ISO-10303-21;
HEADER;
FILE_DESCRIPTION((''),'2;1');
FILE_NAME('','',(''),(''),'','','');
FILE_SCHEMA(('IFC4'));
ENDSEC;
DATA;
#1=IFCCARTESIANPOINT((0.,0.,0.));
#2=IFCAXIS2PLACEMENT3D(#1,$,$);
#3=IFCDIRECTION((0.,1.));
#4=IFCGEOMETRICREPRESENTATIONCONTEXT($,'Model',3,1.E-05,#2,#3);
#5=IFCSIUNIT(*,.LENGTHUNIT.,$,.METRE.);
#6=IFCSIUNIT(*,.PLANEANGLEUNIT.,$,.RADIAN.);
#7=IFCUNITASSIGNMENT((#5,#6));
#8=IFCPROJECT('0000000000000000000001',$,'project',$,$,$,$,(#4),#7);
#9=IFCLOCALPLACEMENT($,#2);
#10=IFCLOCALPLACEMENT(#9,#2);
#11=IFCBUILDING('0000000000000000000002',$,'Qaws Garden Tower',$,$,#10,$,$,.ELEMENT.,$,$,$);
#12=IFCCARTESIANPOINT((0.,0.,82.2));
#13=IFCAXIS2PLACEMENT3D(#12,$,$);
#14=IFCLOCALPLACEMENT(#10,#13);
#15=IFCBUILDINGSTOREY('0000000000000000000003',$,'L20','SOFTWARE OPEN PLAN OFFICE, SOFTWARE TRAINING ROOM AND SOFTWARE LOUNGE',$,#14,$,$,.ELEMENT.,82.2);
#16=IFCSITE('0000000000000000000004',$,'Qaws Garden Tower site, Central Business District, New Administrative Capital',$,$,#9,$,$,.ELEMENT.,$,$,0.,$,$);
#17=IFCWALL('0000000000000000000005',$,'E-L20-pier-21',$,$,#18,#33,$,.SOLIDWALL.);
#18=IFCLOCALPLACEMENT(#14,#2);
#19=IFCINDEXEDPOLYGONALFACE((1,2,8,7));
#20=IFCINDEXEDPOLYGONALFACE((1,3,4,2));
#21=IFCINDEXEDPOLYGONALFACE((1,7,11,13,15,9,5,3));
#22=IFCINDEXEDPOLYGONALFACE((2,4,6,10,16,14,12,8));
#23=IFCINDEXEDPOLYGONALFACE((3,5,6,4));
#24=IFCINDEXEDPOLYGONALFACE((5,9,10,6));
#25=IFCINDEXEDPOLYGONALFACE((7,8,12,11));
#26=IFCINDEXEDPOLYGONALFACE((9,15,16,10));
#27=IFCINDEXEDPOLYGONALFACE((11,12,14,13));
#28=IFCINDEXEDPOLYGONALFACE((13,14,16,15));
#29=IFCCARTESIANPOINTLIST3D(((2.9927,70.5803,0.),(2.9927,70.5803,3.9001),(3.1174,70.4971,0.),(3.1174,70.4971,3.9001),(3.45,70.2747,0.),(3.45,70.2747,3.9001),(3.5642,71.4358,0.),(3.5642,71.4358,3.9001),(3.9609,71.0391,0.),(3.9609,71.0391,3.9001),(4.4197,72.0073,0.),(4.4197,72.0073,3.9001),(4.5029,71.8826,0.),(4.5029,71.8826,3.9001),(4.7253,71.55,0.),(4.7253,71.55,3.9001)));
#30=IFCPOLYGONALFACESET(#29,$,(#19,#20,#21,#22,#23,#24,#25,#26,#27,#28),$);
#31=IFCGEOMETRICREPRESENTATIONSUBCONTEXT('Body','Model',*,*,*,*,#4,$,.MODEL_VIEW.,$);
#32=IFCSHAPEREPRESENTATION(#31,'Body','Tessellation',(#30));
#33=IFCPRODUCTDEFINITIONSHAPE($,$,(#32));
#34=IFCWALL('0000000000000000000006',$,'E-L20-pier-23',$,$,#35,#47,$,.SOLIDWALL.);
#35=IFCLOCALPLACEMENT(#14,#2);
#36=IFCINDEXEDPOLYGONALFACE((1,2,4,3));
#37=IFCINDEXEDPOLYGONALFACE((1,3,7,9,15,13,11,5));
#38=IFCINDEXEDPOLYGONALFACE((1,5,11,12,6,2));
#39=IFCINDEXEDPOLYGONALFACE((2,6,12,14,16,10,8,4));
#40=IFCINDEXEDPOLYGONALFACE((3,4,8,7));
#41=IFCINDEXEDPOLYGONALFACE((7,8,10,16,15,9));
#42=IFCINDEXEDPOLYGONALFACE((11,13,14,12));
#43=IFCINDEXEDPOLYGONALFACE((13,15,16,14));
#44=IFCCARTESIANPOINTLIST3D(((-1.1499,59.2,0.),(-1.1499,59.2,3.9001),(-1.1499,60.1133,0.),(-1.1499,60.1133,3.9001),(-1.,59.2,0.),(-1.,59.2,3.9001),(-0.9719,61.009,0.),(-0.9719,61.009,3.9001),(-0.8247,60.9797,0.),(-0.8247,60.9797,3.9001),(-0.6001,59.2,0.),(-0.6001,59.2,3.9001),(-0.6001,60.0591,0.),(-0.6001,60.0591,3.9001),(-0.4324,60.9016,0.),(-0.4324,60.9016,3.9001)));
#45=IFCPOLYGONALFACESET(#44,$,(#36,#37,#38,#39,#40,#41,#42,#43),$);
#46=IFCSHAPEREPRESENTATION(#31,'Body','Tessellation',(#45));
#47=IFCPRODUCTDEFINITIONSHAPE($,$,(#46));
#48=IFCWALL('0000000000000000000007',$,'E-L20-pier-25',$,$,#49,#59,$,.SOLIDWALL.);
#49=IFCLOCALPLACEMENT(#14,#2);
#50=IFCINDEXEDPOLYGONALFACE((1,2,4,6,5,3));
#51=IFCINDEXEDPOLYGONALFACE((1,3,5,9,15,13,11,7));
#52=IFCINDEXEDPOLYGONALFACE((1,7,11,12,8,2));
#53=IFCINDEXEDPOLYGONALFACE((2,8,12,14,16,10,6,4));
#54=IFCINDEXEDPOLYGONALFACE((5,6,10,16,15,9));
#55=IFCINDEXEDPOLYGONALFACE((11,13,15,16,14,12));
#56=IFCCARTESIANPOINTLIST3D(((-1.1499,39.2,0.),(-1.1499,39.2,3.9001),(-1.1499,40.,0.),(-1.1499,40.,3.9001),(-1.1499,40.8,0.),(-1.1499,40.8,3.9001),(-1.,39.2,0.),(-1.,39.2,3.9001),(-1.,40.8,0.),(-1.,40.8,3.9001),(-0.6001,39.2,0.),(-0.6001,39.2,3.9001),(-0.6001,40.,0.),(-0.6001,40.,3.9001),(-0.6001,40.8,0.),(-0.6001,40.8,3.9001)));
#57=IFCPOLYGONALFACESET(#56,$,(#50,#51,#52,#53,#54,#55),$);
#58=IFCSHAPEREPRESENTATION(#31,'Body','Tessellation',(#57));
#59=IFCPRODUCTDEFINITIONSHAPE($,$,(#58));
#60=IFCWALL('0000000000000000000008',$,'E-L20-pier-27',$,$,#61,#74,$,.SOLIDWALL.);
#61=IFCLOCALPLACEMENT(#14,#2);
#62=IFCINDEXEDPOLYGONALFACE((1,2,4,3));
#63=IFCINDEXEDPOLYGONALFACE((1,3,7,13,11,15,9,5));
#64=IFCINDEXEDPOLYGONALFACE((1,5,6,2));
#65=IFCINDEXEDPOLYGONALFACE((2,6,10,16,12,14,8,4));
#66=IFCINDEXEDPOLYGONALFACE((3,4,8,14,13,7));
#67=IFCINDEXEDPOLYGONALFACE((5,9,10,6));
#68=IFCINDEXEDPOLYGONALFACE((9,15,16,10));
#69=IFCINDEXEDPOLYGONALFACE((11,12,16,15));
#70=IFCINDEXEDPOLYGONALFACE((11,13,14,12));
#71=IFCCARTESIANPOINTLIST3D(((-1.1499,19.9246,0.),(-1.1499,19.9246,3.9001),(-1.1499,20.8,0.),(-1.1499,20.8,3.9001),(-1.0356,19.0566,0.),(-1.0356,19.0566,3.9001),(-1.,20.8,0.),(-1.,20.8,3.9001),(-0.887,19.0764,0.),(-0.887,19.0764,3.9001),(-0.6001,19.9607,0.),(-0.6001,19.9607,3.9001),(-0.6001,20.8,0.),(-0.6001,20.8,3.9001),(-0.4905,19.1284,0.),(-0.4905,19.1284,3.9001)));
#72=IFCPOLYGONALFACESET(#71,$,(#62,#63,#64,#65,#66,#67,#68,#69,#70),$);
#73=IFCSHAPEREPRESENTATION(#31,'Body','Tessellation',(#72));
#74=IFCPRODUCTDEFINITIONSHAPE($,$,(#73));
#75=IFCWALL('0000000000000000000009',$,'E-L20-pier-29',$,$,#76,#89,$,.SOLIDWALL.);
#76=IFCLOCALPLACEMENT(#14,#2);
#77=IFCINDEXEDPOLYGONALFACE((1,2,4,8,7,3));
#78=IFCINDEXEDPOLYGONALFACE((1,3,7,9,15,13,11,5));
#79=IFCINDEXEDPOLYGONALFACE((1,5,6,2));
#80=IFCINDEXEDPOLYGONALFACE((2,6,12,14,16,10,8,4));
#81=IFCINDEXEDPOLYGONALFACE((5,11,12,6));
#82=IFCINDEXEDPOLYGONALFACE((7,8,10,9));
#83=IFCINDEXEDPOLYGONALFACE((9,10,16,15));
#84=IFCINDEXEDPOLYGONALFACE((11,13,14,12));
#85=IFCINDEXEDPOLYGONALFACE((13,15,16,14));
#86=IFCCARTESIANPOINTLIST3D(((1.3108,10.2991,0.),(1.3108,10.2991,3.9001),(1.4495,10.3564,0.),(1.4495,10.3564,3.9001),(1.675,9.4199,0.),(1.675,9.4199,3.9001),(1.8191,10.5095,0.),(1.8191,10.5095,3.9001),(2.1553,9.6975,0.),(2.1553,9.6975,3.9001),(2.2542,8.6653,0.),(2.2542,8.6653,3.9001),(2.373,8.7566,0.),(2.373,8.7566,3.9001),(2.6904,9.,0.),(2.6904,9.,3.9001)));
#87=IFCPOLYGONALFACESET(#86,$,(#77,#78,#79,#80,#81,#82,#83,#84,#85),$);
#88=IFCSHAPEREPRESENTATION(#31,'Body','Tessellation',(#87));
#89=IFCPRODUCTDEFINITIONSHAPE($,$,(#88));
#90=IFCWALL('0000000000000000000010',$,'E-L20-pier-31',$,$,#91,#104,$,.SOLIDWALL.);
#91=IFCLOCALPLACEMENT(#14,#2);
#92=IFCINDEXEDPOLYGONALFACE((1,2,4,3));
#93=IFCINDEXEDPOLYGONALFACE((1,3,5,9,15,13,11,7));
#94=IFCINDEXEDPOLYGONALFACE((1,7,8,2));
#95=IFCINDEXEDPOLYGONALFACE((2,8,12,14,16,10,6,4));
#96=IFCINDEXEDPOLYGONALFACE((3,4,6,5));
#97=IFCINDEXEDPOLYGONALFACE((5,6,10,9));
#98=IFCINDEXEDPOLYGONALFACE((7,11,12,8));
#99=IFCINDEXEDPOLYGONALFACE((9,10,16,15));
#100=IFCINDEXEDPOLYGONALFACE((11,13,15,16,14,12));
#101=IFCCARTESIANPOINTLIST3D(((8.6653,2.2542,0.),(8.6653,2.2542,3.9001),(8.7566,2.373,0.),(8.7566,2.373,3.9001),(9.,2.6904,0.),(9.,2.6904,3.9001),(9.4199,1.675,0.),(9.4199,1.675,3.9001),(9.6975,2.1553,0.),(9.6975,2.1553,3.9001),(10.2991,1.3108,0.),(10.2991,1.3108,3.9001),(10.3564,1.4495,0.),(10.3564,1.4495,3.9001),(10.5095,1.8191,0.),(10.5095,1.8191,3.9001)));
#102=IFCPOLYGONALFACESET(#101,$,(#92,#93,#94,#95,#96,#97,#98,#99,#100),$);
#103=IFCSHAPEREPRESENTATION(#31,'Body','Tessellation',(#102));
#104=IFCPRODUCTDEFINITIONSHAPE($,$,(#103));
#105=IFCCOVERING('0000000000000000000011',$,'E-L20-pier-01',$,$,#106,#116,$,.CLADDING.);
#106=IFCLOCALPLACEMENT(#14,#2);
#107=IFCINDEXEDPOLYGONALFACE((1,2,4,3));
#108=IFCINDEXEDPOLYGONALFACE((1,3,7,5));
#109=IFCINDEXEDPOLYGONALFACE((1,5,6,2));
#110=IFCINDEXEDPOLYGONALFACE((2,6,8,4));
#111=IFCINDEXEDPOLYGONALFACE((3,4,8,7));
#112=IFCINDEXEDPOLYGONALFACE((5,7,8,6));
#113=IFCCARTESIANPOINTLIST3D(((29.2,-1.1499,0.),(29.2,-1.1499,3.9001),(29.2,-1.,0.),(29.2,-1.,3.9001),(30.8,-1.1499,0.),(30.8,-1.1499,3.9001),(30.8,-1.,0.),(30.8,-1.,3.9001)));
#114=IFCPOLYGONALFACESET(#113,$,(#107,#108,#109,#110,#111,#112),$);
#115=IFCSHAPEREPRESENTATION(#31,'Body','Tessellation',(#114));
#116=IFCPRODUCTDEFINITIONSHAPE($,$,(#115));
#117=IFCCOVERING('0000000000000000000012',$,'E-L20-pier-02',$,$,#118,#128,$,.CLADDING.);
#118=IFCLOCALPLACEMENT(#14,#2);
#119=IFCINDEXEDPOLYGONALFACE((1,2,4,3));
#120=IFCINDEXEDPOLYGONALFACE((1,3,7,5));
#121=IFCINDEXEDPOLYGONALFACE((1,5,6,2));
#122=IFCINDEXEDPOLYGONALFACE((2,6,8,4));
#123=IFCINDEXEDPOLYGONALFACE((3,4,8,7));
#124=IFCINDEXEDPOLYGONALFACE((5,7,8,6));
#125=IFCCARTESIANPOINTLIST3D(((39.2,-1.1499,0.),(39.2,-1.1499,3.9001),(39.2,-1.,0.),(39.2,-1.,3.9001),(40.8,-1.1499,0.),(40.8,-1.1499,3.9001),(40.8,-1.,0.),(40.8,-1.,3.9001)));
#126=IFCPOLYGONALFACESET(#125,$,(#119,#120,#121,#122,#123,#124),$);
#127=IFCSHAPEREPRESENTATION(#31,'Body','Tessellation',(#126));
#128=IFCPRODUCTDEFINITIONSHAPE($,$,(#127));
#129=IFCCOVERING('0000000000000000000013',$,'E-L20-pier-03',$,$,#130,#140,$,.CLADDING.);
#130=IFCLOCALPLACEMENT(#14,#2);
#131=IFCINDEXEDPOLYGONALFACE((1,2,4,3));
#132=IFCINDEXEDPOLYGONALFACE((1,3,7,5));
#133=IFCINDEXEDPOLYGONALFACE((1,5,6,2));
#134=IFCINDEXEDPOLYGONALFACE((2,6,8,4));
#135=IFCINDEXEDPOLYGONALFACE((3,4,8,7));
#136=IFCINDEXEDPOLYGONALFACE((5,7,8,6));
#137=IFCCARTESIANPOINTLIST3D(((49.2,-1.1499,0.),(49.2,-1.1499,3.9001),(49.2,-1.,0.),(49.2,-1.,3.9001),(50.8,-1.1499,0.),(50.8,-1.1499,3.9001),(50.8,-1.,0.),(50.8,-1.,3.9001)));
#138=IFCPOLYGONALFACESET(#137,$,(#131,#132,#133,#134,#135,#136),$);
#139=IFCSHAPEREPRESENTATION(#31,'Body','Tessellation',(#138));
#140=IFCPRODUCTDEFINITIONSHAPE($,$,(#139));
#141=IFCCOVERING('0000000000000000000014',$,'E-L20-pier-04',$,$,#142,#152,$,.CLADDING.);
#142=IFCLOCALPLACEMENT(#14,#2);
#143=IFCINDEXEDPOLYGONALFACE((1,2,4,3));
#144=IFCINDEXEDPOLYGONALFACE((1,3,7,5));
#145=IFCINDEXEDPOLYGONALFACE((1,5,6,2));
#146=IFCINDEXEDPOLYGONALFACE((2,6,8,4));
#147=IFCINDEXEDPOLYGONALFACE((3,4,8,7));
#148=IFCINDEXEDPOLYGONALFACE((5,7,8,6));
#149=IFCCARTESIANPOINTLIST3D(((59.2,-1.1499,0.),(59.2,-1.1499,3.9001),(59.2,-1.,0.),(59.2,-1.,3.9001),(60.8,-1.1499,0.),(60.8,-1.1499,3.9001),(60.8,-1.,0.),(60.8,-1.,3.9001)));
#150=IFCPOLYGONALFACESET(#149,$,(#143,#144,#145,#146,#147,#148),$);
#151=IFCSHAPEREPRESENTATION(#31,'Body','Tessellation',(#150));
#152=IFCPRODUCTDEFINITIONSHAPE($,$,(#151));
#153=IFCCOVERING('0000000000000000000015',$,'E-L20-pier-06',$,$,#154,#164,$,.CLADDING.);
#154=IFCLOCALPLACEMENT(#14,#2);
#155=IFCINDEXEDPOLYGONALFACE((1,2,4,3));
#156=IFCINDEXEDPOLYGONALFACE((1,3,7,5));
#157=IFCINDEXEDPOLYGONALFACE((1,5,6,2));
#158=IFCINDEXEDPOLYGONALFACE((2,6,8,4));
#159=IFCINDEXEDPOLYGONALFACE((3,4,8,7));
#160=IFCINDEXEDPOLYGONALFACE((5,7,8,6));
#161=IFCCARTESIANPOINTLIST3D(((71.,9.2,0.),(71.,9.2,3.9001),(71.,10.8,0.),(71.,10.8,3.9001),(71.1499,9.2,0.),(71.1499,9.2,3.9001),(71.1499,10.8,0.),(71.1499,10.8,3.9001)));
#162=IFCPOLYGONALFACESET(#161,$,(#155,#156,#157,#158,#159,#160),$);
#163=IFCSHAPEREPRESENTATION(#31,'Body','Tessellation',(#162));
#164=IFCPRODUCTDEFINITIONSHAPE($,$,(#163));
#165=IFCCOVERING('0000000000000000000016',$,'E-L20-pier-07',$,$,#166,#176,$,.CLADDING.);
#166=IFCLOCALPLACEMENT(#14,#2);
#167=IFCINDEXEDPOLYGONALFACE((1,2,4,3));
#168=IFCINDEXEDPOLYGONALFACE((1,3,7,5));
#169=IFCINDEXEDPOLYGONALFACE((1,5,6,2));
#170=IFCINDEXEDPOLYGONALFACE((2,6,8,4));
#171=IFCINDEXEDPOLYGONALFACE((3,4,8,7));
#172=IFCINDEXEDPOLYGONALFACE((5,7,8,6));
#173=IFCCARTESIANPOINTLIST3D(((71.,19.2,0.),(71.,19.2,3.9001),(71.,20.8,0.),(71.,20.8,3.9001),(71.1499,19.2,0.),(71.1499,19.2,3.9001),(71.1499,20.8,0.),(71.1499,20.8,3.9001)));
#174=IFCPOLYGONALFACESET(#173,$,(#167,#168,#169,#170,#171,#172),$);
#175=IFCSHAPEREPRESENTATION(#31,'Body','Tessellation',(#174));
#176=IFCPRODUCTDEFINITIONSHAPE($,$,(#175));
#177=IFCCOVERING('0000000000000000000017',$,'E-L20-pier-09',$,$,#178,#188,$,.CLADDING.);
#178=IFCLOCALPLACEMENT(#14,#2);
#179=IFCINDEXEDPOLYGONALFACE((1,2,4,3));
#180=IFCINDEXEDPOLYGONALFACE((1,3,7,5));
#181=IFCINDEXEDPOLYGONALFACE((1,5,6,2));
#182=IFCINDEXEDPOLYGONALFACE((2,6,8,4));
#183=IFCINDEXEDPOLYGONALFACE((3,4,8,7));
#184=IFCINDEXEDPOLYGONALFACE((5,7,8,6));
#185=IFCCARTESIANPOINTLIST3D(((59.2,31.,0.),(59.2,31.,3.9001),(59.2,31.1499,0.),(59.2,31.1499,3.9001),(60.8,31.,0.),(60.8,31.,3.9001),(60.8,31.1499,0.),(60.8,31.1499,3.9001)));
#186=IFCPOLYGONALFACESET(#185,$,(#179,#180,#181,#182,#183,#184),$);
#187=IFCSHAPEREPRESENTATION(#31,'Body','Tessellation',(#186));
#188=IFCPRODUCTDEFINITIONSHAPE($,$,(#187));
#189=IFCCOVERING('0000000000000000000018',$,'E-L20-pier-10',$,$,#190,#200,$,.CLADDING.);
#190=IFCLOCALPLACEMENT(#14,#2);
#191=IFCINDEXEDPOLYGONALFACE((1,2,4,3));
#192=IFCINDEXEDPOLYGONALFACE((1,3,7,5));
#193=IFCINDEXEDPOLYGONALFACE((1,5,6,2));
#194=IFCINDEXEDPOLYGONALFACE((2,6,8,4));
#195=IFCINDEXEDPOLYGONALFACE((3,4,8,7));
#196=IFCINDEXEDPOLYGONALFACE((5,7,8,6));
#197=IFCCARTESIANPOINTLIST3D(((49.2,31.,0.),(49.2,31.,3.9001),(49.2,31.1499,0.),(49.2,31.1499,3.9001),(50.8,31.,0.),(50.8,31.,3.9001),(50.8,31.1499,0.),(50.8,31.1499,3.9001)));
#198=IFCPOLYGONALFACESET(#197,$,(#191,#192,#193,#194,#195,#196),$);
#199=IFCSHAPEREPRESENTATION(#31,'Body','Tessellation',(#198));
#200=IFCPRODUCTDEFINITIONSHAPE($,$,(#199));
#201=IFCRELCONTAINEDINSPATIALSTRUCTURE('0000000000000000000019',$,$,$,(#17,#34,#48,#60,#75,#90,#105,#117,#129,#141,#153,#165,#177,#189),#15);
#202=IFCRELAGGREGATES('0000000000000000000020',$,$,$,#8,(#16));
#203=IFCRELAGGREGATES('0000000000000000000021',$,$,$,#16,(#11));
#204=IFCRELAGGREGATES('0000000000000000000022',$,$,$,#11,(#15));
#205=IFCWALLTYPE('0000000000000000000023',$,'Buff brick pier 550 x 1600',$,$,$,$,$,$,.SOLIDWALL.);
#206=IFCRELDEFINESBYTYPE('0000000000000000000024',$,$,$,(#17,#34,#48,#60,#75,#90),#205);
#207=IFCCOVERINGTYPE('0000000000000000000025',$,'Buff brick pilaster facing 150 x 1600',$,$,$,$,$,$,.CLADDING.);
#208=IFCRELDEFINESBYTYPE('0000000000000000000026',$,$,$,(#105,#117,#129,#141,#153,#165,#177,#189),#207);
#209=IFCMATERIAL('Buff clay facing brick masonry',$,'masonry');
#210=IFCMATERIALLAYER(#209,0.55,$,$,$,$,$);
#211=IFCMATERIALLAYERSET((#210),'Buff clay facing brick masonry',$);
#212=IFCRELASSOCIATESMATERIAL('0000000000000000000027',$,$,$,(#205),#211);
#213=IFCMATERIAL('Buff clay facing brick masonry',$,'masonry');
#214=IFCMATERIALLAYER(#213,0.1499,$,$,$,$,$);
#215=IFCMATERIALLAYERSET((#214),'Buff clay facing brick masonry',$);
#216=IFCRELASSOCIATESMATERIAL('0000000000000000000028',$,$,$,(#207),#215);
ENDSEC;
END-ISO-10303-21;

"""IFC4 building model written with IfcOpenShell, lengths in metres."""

from ifc_helpers import new_model, si_unit, direction, frame, origin, place, context, subcontext, project, spatial, polyline, outline, extrude, material, layer, layer_set, type_object, element, save


model = new_model("IFC4")

# Units and contexts
model_context = context("Model", 3, precision=1e-05, world=origin(), true_north=direction((0.0, 1.0)))
body_context = subcontext(model_context, "Body", "Model", "MODEL_VIEW")
ifc_project = project(units=[si_unit("LENGTHUNIT", "METRE"), si_unit("PLANEANGLEUNIT", "RADIAN")], contexts=[model_context])

# Site, building, storey
site_placement = place(None, origin())
site = spatial("IfcSite", under=ifc_project, at=site_placement, Name="Qaws Garden Tower site, Central Business District, New Administrative Capital", CompositionType="ELEMENT", RefElevation=0.0)
building_placement = place(site_placement, origin())
building = spatial("IfcBuilding", under=site, at=building_placement, Name="Qaws Garden Tower", CompositionType="ELEMENT")
storey_placement = place(building_placement, frame((0.0, 0.0, 82.2)))
storey = spatial("IfcBuildingStorey", under=building, at=storey_placement, Name="L20", Description="SOFTWARE OPEN PLAN OFFICE, SOFTWARE TRAINING ROOM AND SOFTWARE LOUNGE", CompositionType="ELEMENT", Elevation=82.2)

# Walls
placement = place(storey_placement, origin())
ifc_material_1 = material(Name="Buff clay facing brick masonry", Category="masonry")
ifc_layer_1 = layer(ifc_material_1, 0.55)
ifc_layer_set_1 = layer_set([ifc_layer_1], Name="Buff clay facing brick masonry")
wall_type_1 = type_object("IfcWallType", Name="Buff brick pier 550 x 1600", PredefinedType="SOLIDWALL", material=ifc_layer_set_1)
element("IfcWall", 1, at=placement, inside=storey, type_object=wall_type_1, Name="E-L20-pier-21", PredefinedType="SOLIDWALL", context=body_context, shape_type="SweptSolid", body=[
    extrude(outline(polyline([(4.5029, 71.8826), (4.4197, 72.0073), (3.5642, 71.4358), (2.9927, 70.5803), (3.1174, 70.4971), (3.45, 70.2747), (3.9609, 71.0391), (4.7253, 71.55), (4.5029, 71.8826)])), origin(), (0.0, 0.0, 1.0), 3.9001),
])
element("IfcWall", 2, at=placement, inside=storey, type_object=wall_type_1, Name="E-L20-pier-23", PredefinedType="SOLIDWALL", context=body_context, shape_type="SweptSolid", body=[
    extrude(outline(polyline([(-0.8247, 60.9797), (-0.9719, 61.009), (-1.1499, 60.1133), (-1.1499, 59.2), (-1.0, 59.2), (-0.6001, 59.2), (-0.6001, 60.0591), (-0.4324, 60.9016), (-0.8247, 60.9797)])), origin(), (0.0, 0.0, 1.0), 3.9001),
])
element("IfcWall", 3, at=placement, inside=storey, type_object=wall_type_1, Name="E-L20-pier-25", PredefinedType="SOLIDWALL", context=body_context, shape_type="SweptSolid", body=[
    extrude(outline(polyline([(-1.0, 40.8), (-1.1499, 40.8), (-1.1499, 40.0), (-1.1499, 39.2), (-1.0, 39.2), (-0.6001, 39.2), (-0.6001, 40.0), (-0.6001, 40.8), (-1.0, 40.8)])), origin(), (0.0, 0.0, 1.0), 3.9001),
])
element("IfcWall", 4, at=placement, inside=storey, type_object=wall_type_1, Name="E-L20-pier-27", PredefinedType="SOLIDWALL", context=body_context, shape_type="SweptSolid", body=[
    extrude(outline(polyline([(-1.0, 20.8), (-1.1499, 20.8), (-1.1499, 19.9246), (-1.0356, 19.0566), (-0.887, 19.0764), (-0.4905, 19.1284), (-0.6001, 19.9607), (-0.6001, 20.8), (-1.0, 20.8)])), origin(), (0.0, 0.0, 1.0), 3.9001),
])
element("IfcWall", 5, at=placement, inside=storey, type_object=wall_type_1, Name="E-L20-pier-29", PredefinedType="SOLIDWALL", context=body_context, shape_type="SweptSolid", body=[
    extrude(outline(polyline([(1.4495, 10.3564), (1.3108, 10.2991), (1.675, 9.4199), (2.2542, 8.6653), (2.373, 8.7566), (2.6904, 9.0), (2.1553, 9.6975), (1.8191, 10.5095), (1.4495, 10.3564)])), origin(), (0.0, 0.0, 1.0), 3.9001),
])
element("IfcWall", 6, at=placement, inside=storey, type_object=wall_type_1, Name="E-L20-pier-31", PredefinedType="SOLIDWALL", context=body_context, shape_type="SweptSolid", body=[
    extrude(outline(polyline([(8.7566, 2.373), (8.6653, 2.2542), (9.4199, 1.675), (10.2991, 1.3108), (10.3564, 1.4495), (10.5095, 1.8191), (9.6975, 2.1553), (9.0, 2.6904), (8.7566, 2.373)])), origin(), (0.0, 0.0, 1.0), 3.9001),
])

# Coverings
ifc_material_2 = material(Name="Buff clay facing brick masonry", Category="masonry")
ifc_layer_2 = layer(ifc_material_2, 0.1499)
ifc_layer_set_2 = layer_set([ifc_layer_2], Name="Buff clay facing brick masonry")
covering_type = type_object("IfcCoveringType", Name="Buff brick pilaster facing 150 x 1600", PredefinedType="CLADDING", material=ifc_layer_set_2)
element("IfcCovering", 7, at=placement, inside=storey, type_object=covering_type, Name="E-L20-pier-01", PredefinedType="CLADDING", context=body_context, shape_type="SweptSolid", body=[
    extrude(outline(polyline([(29.2, -1.0), (30.8, -1.0), (30.8, -1.1499), (29.2, -1.1499), (29.2, -1.0)])), origin(), (0.0, 0.0, 1.0), 3.9001),
])
element("IfcCovering", 8, at=placement, inside=storey, type_object=covering_type, Name="E-L20-pier-02", PredefinedType="CLADDING", context=body_context, shape_type="SweptSolid", body=[
    extrude(outline(polyline([(39.2, -1.0), (40.8, -1.0), (40.8, -1.1499), (39.2, -1.1499), (39.2, -1.0)])), origin(), (0.0, 0.0, 1.0), 3.9001),
])
element("IfcCovering", 9, at=placement, inside=storey, type_object=covering_type, Name="E-L20-pier-03", PredefinedType="CLADDING", context=body_context, shape_type="SweptSolid", body=[
    extrude(outline(polyline([(49.2, -1.0), (50.8, -1.0), (50.8, -1.1499), (49.2, -1.1499), (49.2, -1.0)])), origin(), (0.0, 0.0, 1.0), 3.9001),
])
element("IfcCovering", 10, at=placement, inside=storey, type_object=covering_type, Name="E-L20-pier-04", PredefinedType="CLADDING", context=body_context, shape_type="SweptSolid", body=[
    extrude(outline(polyline([(59.2, -1.0), (60.8, -1.0), (60.8, -1.1499), (59.2, -1.1499), (59.2, -1.0)])), origin(), (0.0, 0.0, 1.0), 3.9001),
])
element("IfcCovering", 11, at=placement, inside=storey, type_object=covering_type, Name="E-L20-pier-06", PredefinedType="CLADDING", context=body_context, shape_type="SweptSolid", body=[
    extrude(outline(polyline([(71.0, 9.2), (71.0, 10.8), (71.1499, 10.8), (71.1499, 9.2), (71.0, 9.2)])), origin(), (0.0, 0.0, 1.0), 3.9001),
])
element("IfcCovering", 12, at=placement, inside=storey, type_object=covering_type, Name="E-L20-pier-07", PredefinedType="CLADDING", context=body_context, shape_type="SweptSolid", body=[
    extrude(outline(polyline([(71.0, 19.2), (71.0, 20.8), (71.1499, 20.8), (71.1499, 19.2), (71.0, 19.2)])), origin(), (0.0, 0.0, 1.0), 3.9001),
])
element("IfcCovering", 13, at=placement, inside=storey, type_object=covering_type, Name="E-L20-pier-09", PredefinedType="CLADDING", context=body_context, shape_type="SweptSolid", body=[
    extrude(outline(polyline([(60.8, 31.0), (59.2, 31.0), (59.2, 31.1499), (60.8, 31.1499), (60.8, 31.0)])), origin(), (0.0, 0.0, 1.0), 3.9001),
])
element("IfcCovering", 14, at=placement, inside=storey, type_object=covering_type, Name="E-L20-pier-10", PredefinedType="CLADDING", context=body_context, shape_type="SweptSolid", body=[
    extrude(outline(polyline([(50.8, 31.0), (49.2, 31.0), (49.2, 31.1499), (50.8, 31.1499), (50.8, 31.0)])), origin(), (0.0, 0.0, 1.0), 3.9001),
])

save(model, "model.ifc")
